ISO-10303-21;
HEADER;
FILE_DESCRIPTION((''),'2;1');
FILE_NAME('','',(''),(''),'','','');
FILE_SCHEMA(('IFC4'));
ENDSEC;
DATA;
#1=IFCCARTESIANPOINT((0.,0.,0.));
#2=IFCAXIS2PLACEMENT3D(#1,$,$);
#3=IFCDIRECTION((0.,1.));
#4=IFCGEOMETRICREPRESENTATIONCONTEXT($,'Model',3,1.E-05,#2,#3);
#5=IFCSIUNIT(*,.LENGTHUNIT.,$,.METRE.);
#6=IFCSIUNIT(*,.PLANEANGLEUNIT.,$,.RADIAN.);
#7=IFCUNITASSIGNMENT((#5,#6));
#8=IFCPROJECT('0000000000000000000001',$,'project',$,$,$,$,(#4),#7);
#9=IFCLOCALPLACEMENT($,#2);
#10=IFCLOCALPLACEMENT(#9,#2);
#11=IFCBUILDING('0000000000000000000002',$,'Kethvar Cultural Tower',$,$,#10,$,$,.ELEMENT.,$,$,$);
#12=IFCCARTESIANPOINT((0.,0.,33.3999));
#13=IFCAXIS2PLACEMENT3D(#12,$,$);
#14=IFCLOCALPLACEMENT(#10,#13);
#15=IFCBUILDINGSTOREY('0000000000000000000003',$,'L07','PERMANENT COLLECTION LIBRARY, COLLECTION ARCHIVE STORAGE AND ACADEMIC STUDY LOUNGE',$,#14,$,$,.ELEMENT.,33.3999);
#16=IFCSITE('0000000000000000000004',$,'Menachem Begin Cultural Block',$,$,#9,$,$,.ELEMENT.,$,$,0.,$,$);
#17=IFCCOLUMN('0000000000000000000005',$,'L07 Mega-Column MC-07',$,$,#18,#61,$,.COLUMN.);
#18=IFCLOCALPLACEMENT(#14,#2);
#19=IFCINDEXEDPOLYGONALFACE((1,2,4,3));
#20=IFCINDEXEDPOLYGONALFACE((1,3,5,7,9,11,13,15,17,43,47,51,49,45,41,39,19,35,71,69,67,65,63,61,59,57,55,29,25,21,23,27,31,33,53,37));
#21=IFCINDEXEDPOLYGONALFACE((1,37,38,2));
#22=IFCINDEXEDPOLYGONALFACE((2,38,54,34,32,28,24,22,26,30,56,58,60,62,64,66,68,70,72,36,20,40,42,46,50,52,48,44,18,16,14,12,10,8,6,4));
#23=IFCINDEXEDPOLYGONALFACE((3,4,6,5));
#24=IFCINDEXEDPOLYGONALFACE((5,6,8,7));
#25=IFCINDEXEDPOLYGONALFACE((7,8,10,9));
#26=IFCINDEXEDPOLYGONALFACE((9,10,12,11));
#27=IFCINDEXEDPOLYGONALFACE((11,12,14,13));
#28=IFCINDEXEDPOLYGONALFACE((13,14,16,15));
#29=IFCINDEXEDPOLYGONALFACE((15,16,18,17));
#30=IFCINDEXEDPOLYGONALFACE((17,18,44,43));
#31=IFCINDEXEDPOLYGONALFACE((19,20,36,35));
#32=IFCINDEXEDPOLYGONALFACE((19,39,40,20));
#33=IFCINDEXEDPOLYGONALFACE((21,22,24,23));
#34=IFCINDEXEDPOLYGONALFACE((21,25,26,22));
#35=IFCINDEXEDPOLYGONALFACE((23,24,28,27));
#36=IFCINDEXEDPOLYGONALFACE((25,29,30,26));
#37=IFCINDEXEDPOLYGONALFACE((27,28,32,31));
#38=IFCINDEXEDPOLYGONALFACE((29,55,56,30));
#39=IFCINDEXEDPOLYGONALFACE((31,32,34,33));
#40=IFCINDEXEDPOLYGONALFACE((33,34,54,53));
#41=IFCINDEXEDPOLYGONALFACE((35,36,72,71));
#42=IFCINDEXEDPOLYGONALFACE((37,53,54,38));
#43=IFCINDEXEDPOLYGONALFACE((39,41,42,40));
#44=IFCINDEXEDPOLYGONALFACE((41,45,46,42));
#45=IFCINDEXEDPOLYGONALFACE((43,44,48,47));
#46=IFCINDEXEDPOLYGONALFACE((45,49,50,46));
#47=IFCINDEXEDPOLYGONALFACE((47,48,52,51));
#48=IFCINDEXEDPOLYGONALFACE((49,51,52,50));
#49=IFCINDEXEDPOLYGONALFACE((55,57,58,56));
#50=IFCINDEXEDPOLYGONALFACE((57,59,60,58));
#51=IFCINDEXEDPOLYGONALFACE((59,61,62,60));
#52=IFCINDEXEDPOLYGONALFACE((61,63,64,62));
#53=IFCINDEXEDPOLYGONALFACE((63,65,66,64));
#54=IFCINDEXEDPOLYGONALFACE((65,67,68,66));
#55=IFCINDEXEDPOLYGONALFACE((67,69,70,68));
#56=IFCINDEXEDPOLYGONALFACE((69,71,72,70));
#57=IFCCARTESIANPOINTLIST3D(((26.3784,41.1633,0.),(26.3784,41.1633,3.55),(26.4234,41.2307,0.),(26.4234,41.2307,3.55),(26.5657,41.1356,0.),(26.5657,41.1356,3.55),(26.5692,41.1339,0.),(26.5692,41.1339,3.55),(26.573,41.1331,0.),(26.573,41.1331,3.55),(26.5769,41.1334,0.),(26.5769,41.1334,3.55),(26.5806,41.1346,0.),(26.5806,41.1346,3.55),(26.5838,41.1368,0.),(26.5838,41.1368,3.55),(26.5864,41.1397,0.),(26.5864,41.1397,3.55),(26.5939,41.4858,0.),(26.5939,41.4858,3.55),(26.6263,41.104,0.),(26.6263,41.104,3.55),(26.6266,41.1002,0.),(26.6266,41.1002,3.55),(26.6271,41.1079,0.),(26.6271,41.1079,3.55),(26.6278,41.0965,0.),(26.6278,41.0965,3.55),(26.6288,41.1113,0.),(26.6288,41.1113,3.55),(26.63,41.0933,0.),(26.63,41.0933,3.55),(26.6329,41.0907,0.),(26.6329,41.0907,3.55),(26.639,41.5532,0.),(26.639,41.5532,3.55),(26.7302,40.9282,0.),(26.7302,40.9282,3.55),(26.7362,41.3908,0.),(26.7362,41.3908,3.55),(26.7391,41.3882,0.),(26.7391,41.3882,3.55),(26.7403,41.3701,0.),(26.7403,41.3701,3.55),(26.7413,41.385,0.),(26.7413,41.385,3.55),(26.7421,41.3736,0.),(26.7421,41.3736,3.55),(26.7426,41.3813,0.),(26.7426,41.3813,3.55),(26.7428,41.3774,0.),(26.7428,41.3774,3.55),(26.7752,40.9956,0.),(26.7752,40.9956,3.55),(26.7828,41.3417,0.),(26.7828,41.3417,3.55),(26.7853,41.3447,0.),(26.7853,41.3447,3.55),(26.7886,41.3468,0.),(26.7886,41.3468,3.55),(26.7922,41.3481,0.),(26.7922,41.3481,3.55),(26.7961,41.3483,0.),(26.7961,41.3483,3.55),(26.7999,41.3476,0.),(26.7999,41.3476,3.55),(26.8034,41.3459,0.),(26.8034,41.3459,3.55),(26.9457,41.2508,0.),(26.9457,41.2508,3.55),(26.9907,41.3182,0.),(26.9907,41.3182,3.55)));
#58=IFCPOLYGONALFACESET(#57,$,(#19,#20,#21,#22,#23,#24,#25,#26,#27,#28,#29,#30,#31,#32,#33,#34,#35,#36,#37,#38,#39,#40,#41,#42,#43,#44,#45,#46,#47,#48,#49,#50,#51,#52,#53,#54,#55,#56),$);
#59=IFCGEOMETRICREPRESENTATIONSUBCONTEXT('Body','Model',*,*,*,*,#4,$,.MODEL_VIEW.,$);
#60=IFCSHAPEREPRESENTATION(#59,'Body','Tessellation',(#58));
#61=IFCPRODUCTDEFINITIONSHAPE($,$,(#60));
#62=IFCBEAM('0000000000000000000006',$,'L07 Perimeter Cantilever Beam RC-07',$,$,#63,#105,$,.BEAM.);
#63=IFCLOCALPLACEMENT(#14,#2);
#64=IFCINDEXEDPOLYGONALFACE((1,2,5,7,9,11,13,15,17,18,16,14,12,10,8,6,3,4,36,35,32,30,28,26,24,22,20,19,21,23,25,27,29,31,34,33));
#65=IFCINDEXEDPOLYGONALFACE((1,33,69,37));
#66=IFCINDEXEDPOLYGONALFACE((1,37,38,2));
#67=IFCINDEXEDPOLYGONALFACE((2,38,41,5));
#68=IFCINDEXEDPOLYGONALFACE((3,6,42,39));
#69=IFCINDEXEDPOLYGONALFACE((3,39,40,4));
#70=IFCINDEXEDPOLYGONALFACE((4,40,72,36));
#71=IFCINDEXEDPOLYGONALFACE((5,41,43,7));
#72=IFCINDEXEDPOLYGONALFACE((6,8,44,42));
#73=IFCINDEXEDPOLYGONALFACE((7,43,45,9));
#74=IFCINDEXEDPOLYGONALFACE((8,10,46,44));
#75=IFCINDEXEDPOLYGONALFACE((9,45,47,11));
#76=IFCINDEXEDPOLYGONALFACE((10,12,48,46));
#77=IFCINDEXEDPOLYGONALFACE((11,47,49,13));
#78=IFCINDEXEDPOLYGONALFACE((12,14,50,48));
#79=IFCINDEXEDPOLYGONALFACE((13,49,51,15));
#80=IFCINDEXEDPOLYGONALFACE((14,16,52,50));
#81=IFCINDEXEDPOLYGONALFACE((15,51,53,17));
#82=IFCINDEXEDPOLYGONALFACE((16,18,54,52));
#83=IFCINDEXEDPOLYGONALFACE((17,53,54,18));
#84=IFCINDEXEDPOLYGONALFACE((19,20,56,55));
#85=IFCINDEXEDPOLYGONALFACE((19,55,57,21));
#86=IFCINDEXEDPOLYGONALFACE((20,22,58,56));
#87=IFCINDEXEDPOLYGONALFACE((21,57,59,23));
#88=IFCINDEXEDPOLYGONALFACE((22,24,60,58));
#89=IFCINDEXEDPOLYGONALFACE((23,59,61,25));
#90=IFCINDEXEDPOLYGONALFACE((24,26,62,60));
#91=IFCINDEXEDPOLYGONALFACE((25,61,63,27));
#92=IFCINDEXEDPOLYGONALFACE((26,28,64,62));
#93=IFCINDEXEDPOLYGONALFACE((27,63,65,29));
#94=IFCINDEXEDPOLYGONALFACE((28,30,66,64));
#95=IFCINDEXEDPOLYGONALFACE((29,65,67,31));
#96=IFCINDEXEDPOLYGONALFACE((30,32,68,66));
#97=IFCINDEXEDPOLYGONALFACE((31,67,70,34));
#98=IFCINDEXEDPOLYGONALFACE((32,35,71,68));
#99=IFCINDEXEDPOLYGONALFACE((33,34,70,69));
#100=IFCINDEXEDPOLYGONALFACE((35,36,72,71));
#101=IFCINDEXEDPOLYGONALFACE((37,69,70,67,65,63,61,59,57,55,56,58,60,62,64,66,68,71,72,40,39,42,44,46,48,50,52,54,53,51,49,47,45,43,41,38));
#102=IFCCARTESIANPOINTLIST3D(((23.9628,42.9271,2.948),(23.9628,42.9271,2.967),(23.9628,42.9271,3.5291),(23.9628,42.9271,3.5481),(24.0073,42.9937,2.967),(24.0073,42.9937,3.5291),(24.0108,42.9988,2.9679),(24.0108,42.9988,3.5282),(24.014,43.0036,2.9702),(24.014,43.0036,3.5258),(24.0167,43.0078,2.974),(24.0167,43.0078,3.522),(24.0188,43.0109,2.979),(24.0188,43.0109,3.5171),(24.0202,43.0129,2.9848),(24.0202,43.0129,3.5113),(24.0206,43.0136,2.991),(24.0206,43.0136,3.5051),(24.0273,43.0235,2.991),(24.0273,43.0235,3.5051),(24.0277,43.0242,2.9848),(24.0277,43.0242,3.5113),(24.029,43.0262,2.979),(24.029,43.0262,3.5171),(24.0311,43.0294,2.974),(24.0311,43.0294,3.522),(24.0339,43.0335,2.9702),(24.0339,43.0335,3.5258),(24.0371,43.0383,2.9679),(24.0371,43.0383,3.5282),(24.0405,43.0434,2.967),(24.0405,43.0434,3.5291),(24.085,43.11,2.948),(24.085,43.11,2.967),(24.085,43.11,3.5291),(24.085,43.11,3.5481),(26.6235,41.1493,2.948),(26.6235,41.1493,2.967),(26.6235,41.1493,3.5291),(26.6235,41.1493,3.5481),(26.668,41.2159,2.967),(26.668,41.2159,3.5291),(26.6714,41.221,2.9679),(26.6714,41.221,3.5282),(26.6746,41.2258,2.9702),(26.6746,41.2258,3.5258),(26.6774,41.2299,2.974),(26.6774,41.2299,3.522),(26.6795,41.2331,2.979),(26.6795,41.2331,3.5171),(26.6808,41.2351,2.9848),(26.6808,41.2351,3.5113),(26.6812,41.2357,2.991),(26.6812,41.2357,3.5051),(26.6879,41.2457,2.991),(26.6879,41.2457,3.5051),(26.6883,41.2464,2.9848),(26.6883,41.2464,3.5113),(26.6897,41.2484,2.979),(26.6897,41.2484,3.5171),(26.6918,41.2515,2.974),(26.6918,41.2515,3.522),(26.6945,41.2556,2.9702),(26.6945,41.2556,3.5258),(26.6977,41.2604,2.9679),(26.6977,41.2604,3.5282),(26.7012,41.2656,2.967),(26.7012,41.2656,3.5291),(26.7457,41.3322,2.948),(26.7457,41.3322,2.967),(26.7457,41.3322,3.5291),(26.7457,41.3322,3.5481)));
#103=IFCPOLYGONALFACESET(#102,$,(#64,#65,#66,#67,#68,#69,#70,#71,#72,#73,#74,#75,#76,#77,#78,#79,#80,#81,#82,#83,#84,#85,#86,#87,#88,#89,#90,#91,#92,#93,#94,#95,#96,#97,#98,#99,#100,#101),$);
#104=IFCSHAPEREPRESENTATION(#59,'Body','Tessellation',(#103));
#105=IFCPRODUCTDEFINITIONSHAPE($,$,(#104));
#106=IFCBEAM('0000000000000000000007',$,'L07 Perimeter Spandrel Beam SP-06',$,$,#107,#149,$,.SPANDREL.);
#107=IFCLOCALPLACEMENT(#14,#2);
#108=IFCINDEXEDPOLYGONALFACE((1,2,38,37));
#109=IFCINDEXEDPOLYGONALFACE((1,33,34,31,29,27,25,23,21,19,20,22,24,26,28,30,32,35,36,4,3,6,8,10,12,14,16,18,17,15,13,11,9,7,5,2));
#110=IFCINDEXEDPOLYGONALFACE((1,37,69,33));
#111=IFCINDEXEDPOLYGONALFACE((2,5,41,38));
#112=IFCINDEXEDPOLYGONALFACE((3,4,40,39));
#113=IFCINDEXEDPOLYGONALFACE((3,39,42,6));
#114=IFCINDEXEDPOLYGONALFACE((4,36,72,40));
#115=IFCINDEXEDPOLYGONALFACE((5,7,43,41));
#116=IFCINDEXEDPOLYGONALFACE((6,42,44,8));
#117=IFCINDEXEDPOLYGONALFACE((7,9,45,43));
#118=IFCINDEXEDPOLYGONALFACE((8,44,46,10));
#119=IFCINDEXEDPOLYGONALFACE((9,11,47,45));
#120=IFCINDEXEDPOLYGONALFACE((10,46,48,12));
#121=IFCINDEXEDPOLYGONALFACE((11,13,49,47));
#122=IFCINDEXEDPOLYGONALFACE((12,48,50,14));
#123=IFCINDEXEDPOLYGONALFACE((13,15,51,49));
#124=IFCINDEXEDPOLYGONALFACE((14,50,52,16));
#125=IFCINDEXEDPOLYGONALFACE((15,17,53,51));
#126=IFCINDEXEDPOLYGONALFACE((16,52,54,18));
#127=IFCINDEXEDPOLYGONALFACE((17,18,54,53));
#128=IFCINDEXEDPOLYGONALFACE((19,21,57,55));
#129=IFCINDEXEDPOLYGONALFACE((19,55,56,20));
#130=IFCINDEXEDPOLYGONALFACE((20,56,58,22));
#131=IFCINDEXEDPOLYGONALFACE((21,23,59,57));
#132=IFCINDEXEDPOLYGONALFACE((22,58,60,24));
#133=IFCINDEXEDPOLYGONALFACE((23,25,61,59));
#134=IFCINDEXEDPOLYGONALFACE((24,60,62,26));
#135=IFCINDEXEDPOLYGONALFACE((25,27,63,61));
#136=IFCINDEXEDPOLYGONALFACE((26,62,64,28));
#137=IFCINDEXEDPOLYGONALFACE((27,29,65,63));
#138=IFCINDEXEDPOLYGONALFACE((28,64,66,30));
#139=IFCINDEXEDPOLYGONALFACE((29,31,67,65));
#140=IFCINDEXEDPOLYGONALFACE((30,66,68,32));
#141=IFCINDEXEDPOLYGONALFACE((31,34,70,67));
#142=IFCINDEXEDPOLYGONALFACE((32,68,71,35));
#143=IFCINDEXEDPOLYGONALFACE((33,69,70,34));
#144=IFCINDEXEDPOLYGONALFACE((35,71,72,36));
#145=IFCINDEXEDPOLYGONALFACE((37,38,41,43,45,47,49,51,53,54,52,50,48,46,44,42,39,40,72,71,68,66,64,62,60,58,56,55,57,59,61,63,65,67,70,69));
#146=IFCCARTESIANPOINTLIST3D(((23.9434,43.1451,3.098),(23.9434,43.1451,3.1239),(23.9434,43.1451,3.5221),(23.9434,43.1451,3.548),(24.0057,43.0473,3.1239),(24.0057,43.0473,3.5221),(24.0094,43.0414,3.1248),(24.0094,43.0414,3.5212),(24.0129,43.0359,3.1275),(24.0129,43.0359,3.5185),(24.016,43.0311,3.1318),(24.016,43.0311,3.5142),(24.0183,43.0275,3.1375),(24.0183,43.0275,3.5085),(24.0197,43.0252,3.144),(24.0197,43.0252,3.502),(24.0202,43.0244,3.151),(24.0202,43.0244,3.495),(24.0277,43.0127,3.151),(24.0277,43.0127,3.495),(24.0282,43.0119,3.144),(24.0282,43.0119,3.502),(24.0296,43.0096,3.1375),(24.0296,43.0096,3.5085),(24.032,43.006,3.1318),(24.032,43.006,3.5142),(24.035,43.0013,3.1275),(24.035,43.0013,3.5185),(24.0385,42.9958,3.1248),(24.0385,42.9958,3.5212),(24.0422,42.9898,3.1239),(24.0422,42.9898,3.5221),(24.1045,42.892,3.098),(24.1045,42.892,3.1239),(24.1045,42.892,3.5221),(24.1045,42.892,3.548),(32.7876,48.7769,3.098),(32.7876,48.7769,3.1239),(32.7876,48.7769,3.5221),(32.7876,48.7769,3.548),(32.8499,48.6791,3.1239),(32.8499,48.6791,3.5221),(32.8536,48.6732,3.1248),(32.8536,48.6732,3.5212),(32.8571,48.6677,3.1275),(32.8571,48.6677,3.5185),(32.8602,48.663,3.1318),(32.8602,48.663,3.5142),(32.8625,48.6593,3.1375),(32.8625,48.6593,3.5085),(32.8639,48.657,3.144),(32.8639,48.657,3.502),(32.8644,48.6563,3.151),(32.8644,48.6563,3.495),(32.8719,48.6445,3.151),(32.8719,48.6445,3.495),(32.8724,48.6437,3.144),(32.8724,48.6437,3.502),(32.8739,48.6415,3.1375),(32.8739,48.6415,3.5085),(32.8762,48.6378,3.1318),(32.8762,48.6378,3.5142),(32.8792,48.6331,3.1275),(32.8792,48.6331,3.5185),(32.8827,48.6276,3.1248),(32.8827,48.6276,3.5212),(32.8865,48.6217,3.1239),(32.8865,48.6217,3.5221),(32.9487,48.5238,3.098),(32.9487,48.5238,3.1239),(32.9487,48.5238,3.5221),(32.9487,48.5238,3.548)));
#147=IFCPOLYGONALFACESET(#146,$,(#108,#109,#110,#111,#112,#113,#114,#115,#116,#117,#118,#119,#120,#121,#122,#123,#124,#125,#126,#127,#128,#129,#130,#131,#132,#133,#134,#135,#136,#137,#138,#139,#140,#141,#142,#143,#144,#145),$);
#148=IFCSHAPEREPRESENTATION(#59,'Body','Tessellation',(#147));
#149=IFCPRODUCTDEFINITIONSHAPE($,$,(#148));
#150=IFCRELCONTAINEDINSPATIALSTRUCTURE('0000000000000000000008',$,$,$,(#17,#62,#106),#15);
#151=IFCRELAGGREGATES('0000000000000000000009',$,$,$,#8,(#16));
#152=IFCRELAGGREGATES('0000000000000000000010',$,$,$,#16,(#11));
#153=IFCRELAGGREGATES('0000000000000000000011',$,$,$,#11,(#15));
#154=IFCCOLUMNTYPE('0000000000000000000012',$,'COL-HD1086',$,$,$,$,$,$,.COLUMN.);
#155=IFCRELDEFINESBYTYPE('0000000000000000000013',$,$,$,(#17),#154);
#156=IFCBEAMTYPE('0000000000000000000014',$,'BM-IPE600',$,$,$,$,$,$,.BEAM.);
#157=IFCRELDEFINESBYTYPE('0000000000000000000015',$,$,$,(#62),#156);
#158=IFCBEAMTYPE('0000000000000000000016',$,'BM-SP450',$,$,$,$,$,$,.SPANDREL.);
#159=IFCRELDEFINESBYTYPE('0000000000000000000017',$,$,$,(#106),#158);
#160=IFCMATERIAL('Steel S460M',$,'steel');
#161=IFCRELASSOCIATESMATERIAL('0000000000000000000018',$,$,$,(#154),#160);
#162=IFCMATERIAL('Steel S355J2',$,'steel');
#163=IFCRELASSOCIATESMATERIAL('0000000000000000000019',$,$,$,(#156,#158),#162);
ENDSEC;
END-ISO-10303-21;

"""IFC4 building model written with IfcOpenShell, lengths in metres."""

from ifc_helpers import new_model, si_unit, direction, frame, origin, origin_2d, place, context, subcontext, project, spatial, i_section, extrude, source, transform, mapped, material, material_profile, profile_set, type_object, element, save


model = new_model("IFC4")

# Units and contexts
model_context = context("Model", 3, precision=1e-05, world=origin(), true_north=direction((0.0, 1.0)))
body_context = subcontext(model_context, "Body", "Model", "MODEL_VIEW")
ifc_project = project(units=[si_unit("LENGTHUNIT", "METRE"), si_unit("PLANEANGLEUNIT", "RADIAN")], contexts=[model_context])

# Site, building, storey
site_placement = place(None, origin())
site = spatial("IfcSite", under=ifc_project, at=site_placement, Name="Menachem Begin Cultural Block", CompositionType="ELEMENT", RefElevation=0.0)
building_placement = place(site_placement, origin())
building = spatial("IfcBuilding", under=site, at=building_placement, Name="Kethvar Cultural Tower", CompositionType="ELEMENT")
storey_placement = place(building_placement, frame((0.0, 0.0, 33.3999)))
storey = spatial("IfcBuildingStorey", under=building, at=storey_placement, Name="L07", Description="PERMANENT COLLECTION LIBRARY, COLLECTION ARCHIVE STORAGE AND ACADEMIC STUDY LOUNGE", CompositionType="ELEMENT", Elevation=33.3999)

# Column
ifc_material_1 = material(Name="Steel S460M", Category="steel")
ifc_material_profile_1 = material_profile(ifc_material_1, i_section(OverallWidth=0.4231, OverallDepth=0.469, WebThickness=0.051, FlangeThickness=0.0811, FilletRadius=0.0149, at=origin_2d()), Name="Steel S460M — HD400x1086")
ifc_profile_set_1 = profile_set([ifc_material_profile_1], Name="Steel S460M — HD400x1086")
column_type = type_object("IfcColumnType", Name="COL-HD1086", PredefinedType="COLUMN", material=ifc_profile_set_1)
shared_shape_1 = source(origin(), body_context, "Body", "SweptSolid", [
    extrude(i_section(OverallWidth=0.4231, OverallDepth=0.469, WebThickness=0.051, FlangeThickness=0.0811, FilletRadius=0.0149, at=origin_2d()), origin(), (0.0, 0.0, 1.0), 3.55),
])
column_placement = place(storey_placement, frame((26.6846, 41.2407, 0.0), z_axis=(0.0, 0.0, 1.0), x_axis=(-0.83147, 0.55557, 0.0)))
element("IfcColumn", 1, at=column_placement, inside=storey, type_object=column_type, Name="L07 Mega-Column MC-07", PredefinedType="COLUMN", context=body_context, shape_type="MappedRepresentation", body=[
    mapped(shared_shape_1, transform((0.0, 0.0, 0.0), scale=1.0)),
])

# Beams
ifc_material_2 = material(Name="Steel S355J2", Category="steel")
ifc_material_profile_2 = material_profile(ifc_material_2, i_section(OverallWidth=0.22, OverallDepth=0.6001, WebThickness=0.012, FlangeThickness=0.019, FilletRadius=0.0239, at=origin_2d()), Name="Steel S355J2 — IPE600")
ifc_profile_set_2 = profile_set([ifc_material_profile_2], Name="Steel S355J2 — IPE600")
beam_type_1 = type_object("IfcBeamType", Name="BM-IPE600", PredefinedType="BEAM", material=ifc_profile_set_2)
shared_shape_2 = source(origin(), body_context, "Body", "SweptSolid", [
    extrude(i_section(OverallWidth=0.22, OverallDepth=0.6001, WebThickness=0.012, FlangeThickness=0.019, FilletRadius=0.0239, at=origin_2d()), origin(), (0.0, 0.0, 1.0), 3.2),
])
beam_1_placement = place(storey_placement, frame((26.6846, 41.2407, 3.248), z_axis=(-0.831463, 0.55558, 0.0), x_axis=(-0.55558, -0.831463, 0.0)))
element("IfcBeam", 2, at=beam_1_placement, inside=storey, type_object=beam_type_1, Name="L07 Perimeter Cantilever Beam RC-07", PredefinedType="BEAM", context=body_context, shape_type="MappedRepresentation", body=[
    mapped(shared_shape_2, transform((0.0, 0.0, 0.0), scale=1.0)),
])
ifc_material_profile_3 = material_profile(ifc_material_2, i_section(OverallWidth=0.3, OverallDepth=0.45, WebThickness=0.0139, FlangeThickness=0.0259, FilletRadius=0.0271, at=origin_2d()), Name="Steel S355J2 — HEB450")
ifc_profile_set_3 = profile_set([ifc_material_profile_3], Name="Steel S355J2 — HEB450")
beam_type_2 = type_object("IfcBeamType", Name="BM-SP450", PredefinedType="SPANDREL", material=ifc_profile_set_3)
shared_shape_3 = source(origin(), body_context, "Body", "SweptSolid", [
    extrude(i_section(OverallWidth=0.3, OverallDepth=0.45, WebThickness=0.0139, FlangeThickness=0.0259, FilletRadius=0.0271, at=origin_2d()), origin(), (0.0, 0.0, 1.0), 10.4851),
])
beam_2_placement = place(storey_placement, frame((32.8682, 48.6504, 3.323), z_axis=(-0.843502, -0.537126, 0.0), x_axis=(0.537126, -0.843502, 0.0)))
element("IfcBeam", 3, at=beam_2_placement, inside=storey, type_object=beam_type_2, Name="L07 Perimeter Spandrel Beam SP-06", PredefinedType="SPANDREL", context=body_context, shape_type="MappedRepresentation", body=[
    mapped(shared_shape_3, transform((0.0, 0.0, 0.0), scale=1.0)),
])

save(model, "model.ifc")
